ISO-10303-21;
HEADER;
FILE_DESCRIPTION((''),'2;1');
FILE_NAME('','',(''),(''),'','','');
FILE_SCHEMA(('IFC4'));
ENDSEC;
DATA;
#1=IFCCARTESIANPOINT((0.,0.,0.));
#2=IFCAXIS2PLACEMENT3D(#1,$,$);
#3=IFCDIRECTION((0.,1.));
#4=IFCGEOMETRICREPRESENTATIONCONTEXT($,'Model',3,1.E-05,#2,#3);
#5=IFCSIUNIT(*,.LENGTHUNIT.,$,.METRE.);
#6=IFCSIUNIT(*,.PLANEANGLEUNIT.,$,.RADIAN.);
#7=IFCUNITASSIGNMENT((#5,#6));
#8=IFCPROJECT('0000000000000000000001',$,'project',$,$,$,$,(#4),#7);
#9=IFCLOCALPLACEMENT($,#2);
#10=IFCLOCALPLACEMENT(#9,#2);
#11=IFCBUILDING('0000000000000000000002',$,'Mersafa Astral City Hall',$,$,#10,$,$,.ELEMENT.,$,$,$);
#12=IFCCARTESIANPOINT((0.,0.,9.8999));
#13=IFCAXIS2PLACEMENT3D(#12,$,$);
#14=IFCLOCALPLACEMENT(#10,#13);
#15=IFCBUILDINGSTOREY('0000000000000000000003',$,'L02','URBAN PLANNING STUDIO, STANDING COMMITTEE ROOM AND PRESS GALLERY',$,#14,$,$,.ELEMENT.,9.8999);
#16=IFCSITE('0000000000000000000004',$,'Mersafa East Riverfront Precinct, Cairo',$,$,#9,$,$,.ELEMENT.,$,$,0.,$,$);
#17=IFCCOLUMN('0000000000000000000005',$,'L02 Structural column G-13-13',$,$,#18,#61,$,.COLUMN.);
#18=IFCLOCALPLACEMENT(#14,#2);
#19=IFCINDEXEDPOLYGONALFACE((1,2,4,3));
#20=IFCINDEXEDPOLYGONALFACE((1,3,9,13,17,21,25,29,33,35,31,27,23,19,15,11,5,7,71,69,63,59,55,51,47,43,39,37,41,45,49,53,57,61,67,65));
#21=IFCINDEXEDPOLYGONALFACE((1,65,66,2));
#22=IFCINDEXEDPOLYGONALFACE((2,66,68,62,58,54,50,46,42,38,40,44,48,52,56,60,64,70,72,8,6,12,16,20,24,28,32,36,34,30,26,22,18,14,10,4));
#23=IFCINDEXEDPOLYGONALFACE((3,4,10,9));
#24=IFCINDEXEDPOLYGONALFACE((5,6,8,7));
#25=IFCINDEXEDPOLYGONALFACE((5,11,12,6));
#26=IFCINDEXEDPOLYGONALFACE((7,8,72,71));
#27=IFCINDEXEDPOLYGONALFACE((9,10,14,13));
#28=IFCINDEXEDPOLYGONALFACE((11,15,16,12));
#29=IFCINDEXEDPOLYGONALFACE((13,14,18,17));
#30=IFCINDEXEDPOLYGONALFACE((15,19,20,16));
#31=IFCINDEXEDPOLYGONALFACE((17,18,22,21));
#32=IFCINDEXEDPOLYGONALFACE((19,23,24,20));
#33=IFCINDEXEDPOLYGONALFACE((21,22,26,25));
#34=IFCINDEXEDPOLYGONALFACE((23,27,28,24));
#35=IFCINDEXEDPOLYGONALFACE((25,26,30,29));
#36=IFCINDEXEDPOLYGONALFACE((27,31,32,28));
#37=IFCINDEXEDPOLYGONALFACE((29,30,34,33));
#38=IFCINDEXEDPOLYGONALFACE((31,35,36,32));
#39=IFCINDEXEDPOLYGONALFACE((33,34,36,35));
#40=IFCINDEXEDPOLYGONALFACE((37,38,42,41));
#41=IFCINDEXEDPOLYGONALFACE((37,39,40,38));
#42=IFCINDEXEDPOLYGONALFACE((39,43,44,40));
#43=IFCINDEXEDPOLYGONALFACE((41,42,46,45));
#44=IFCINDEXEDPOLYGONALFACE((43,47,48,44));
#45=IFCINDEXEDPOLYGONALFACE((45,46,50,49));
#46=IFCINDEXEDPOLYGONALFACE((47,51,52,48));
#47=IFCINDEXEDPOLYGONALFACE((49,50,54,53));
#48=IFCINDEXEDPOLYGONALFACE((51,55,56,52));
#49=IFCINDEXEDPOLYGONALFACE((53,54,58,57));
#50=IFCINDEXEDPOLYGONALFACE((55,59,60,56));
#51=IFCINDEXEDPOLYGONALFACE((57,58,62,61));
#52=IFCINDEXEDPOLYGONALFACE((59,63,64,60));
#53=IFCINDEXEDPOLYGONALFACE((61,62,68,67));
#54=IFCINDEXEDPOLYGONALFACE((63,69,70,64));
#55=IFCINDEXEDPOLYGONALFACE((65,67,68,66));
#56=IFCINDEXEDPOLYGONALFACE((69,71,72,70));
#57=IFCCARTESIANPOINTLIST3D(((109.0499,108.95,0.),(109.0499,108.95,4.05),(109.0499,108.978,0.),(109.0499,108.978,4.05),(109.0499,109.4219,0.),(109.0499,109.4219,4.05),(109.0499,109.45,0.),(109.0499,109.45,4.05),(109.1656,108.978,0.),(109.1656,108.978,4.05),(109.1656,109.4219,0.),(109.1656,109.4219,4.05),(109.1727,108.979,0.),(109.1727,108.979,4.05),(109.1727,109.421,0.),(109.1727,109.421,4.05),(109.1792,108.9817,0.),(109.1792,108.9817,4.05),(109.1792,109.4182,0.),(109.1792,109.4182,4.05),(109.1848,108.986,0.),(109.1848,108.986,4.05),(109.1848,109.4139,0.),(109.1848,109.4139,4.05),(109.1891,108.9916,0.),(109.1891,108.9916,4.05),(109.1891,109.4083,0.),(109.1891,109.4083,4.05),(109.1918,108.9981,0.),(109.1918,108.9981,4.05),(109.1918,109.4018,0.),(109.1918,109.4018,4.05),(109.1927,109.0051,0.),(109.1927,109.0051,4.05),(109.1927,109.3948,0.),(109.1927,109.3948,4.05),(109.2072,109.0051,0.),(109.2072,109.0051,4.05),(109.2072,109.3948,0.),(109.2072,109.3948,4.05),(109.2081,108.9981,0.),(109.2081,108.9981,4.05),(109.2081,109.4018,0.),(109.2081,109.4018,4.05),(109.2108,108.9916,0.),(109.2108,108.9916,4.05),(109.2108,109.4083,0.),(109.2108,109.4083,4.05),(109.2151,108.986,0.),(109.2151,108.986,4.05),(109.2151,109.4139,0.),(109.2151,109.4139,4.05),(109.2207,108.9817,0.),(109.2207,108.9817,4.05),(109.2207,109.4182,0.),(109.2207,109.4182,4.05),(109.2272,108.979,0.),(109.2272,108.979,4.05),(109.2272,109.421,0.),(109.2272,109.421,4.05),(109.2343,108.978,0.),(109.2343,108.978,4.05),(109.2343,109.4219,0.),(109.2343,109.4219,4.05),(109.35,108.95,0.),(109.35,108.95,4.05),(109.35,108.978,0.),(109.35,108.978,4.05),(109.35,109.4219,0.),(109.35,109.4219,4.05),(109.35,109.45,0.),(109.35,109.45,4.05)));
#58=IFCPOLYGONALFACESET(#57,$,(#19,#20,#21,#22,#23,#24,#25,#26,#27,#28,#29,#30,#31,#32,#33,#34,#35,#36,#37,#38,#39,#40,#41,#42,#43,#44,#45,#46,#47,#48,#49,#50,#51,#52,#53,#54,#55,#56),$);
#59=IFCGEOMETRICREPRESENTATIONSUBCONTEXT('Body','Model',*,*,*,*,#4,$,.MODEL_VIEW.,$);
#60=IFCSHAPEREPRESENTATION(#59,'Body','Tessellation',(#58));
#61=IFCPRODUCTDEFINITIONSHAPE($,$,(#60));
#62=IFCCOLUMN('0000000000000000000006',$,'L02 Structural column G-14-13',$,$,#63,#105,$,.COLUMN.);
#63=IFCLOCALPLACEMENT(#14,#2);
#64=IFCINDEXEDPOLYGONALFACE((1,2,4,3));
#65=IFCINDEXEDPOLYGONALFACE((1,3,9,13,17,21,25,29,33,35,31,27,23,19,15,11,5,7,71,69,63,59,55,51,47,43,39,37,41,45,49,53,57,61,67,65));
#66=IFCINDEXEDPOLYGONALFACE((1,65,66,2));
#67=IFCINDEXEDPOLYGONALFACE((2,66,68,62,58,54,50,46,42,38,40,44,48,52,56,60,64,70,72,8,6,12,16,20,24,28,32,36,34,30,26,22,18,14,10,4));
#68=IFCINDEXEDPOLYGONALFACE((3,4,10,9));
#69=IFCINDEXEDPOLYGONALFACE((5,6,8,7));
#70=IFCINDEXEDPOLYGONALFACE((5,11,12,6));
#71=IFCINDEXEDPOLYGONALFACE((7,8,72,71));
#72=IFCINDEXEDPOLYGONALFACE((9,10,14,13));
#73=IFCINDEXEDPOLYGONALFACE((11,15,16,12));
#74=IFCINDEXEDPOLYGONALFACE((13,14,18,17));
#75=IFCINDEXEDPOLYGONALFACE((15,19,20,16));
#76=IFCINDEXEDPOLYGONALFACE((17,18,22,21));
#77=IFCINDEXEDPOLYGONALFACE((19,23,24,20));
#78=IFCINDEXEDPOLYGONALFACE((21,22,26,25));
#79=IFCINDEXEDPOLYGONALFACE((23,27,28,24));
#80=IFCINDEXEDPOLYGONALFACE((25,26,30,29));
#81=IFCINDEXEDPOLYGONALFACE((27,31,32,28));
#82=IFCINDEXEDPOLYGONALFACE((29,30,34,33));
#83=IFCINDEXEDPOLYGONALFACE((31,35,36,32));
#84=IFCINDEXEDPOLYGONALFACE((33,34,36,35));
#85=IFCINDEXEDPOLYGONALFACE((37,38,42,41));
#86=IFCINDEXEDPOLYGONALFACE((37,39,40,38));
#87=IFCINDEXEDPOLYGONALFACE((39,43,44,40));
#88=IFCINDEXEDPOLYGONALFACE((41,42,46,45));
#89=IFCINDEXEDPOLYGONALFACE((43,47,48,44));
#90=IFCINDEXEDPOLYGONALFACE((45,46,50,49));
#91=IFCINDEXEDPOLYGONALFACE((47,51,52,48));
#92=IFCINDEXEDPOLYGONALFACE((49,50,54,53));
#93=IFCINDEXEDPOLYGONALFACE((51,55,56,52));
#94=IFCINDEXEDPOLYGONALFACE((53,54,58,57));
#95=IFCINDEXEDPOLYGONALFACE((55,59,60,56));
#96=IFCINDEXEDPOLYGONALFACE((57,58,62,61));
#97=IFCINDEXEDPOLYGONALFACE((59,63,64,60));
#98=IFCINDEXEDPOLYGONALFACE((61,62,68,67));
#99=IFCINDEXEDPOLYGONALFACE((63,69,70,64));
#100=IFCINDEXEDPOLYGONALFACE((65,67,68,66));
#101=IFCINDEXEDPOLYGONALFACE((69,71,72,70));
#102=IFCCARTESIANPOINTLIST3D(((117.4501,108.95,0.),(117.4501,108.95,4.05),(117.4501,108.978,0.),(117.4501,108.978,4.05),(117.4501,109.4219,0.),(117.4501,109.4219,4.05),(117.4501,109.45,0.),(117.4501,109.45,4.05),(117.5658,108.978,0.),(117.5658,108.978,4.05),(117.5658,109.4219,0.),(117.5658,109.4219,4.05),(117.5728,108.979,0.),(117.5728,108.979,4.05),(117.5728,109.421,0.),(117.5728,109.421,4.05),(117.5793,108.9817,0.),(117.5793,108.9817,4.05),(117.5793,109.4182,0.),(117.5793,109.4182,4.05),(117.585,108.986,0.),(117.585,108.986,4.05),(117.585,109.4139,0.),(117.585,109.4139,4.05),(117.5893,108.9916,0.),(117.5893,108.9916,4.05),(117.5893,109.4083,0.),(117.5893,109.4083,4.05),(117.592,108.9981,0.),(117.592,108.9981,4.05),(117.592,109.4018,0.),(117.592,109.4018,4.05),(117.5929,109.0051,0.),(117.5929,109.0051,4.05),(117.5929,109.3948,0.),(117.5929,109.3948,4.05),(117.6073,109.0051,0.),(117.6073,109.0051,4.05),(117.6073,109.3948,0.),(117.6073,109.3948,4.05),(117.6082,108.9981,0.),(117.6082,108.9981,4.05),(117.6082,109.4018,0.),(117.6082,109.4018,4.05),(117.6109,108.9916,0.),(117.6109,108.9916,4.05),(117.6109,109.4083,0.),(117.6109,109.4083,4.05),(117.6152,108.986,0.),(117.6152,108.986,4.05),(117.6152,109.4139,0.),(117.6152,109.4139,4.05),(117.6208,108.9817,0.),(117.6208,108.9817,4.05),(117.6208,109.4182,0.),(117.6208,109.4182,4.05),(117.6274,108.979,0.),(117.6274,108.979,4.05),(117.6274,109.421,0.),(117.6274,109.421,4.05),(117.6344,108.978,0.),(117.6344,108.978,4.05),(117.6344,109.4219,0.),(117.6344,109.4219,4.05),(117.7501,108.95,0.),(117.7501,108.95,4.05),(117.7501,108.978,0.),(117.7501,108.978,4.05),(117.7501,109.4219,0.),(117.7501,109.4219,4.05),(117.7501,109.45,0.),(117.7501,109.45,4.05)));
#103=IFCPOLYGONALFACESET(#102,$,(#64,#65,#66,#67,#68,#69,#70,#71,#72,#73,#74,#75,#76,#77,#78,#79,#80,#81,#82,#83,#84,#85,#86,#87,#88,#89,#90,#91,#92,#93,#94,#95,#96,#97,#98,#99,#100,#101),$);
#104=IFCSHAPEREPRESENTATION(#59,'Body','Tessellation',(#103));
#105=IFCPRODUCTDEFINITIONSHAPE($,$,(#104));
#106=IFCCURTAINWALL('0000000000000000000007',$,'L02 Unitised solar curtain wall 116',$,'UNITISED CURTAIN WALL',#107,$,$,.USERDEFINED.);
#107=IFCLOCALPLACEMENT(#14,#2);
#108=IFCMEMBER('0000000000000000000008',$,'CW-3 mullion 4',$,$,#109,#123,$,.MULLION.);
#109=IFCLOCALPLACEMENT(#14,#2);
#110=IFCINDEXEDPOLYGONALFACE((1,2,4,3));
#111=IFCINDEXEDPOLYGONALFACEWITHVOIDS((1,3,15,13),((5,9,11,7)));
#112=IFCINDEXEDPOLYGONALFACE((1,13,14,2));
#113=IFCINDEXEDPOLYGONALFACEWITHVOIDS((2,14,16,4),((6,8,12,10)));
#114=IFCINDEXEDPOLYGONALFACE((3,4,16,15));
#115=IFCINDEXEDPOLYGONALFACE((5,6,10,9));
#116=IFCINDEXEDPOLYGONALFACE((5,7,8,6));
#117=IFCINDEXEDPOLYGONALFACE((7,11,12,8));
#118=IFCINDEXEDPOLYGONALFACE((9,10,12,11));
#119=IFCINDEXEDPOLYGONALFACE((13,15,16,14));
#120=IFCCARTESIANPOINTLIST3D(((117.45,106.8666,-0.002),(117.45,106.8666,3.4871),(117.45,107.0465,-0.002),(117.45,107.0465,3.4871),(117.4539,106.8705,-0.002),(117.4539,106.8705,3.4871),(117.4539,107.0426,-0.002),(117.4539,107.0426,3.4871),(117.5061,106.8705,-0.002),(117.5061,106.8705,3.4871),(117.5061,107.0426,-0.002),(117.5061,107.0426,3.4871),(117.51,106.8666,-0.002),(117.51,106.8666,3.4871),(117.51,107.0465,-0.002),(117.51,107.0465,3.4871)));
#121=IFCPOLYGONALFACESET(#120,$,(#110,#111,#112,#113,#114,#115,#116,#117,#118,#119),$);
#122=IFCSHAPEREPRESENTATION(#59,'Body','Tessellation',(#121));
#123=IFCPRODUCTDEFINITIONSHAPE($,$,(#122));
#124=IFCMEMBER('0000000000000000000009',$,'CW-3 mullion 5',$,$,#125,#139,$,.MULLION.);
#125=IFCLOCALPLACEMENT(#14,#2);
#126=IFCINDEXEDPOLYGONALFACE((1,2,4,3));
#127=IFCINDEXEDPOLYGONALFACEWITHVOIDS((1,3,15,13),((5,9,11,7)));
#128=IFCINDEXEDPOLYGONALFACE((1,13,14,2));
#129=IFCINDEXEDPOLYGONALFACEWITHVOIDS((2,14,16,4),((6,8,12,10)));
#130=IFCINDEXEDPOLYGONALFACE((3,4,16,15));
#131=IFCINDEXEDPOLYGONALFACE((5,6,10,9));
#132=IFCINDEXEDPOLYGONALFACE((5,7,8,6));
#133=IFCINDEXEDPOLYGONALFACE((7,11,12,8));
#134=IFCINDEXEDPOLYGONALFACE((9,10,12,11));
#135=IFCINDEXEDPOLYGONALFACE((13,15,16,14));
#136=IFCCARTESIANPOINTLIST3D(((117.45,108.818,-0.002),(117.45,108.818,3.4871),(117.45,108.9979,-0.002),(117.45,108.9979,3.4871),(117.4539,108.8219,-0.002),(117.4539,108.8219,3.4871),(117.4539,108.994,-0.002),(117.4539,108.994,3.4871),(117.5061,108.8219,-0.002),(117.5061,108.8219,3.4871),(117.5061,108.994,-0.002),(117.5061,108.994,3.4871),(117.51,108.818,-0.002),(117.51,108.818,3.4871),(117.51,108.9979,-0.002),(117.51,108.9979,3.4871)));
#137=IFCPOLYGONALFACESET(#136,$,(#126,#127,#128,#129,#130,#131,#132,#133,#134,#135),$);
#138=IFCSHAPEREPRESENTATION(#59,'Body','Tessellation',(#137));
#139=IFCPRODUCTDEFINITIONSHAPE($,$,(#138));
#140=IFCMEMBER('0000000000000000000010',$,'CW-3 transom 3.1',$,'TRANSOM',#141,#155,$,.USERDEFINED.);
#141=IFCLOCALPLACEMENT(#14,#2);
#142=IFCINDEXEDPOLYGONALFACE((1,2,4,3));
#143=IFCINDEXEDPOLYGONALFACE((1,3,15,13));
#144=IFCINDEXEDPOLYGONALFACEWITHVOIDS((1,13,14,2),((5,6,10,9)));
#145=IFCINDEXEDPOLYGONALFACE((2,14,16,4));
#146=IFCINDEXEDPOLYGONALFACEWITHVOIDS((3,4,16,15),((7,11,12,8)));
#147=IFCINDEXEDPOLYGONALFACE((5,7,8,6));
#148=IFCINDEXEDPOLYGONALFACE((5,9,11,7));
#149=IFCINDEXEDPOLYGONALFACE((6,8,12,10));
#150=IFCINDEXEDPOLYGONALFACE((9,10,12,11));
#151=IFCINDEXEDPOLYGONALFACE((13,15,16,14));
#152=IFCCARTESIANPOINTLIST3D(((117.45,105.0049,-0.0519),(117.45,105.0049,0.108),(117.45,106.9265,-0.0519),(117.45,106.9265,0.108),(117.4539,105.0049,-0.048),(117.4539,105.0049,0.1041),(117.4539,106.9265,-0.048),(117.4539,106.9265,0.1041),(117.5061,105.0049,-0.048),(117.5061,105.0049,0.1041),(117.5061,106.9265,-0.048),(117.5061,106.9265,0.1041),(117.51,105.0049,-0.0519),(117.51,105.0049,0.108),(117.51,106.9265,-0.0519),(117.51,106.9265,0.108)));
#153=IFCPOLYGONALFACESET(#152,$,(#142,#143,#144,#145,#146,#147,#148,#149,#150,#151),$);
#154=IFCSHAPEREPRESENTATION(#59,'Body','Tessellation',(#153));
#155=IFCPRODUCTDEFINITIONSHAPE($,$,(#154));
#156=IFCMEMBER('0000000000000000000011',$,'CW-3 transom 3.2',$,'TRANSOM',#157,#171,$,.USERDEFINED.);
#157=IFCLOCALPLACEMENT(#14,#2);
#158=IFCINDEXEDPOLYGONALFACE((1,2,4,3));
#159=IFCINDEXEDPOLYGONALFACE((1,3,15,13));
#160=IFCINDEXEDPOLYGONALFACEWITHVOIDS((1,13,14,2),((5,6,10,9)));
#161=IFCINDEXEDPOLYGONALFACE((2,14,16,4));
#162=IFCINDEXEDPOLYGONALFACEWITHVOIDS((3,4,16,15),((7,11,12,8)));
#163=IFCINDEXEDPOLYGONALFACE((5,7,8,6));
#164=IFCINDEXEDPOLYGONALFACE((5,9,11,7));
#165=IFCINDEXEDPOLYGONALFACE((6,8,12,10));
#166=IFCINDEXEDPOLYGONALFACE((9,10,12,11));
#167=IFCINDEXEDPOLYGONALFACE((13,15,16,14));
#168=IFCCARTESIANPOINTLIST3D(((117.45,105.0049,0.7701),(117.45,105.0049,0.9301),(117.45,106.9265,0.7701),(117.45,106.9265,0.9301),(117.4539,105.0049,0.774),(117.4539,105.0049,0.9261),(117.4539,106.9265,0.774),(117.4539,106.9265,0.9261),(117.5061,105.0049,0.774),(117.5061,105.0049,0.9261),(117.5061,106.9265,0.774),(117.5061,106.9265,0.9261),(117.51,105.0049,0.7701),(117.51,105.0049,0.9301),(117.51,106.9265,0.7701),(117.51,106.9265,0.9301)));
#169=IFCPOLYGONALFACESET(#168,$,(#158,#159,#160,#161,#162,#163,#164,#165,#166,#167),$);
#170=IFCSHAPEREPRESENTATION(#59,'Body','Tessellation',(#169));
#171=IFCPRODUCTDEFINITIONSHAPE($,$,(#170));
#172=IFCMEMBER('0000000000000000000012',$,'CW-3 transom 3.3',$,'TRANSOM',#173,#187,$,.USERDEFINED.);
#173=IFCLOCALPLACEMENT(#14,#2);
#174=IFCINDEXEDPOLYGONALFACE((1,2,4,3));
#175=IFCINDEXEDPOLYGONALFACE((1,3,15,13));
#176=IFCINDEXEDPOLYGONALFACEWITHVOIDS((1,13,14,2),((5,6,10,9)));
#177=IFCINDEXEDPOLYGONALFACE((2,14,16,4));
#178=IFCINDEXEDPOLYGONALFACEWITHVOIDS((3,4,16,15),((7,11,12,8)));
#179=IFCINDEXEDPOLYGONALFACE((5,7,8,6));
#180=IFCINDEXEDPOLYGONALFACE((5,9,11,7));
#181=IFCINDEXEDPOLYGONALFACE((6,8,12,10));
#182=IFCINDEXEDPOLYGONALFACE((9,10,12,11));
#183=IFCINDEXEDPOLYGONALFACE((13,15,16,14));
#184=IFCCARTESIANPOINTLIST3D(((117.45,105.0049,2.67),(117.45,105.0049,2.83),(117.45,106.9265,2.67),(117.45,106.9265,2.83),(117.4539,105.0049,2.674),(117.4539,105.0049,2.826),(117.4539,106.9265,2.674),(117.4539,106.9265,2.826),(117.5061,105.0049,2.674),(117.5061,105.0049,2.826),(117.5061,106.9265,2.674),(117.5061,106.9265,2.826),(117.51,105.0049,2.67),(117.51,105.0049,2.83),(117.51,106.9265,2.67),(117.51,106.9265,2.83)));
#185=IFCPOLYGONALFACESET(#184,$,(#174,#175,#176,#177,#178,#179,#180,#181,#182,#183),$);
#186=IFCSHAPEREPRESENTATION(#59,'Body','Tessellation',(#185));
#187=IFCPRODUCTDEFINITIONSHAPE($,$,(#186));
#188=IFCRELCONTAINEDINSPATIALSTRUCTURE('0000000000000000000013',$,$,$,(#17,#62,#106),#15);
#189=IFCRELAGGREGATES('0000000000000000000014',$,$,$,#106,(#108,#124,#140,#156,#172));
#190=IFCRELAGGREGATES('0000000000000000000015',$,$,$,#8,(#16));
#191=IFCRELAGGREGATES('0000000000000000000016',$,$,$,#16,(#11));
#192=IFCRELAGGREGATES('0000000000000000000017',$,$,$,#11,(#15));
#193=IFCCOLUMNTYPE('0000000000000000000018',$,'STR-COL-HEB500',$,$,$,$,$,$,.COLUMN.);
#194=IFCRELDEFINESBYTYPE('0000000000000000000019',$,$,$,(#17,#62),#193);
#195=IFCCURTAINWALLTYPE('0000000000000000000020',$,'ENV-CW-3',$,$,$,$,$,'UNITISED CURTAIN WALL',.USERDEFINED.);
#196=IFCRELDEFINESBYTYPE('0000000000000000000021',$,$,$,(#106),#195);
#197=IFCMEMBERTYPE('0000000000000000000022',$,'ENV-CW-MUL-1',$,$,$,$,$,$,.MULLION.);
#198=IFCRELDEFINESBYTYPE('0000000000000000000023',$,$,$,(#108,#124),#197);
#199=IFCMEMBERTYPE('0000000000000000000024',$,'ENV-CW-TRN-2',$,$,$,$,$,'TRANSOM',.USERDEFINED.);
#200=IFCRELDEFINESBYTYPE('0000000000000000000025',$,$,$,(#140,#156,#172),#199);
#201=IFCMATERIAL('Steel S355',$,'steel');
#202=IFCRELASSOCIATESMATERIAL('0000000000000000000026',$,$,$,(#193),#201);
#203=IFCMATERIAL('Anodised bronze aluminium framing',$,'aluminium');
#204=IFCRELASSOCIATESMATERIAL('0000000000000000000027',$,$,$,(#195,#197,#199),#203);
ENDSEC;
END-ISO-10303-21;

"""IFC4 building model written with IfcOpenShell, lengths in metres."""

from ifc_helpers import new_model, si_unit, direction, frame, origin, origin_2d, place, context, subcontext, project, spatial, hollow_rectangle, i_section, extrude, material, material_profile, profile_set, type_object, element, aggregate, save


model = new_model("IFC4")

# Units and contexts
model_context = context("Model", 3, precision=1e-05, world=origin(), true_north=direction((0.0, 1.0)))
body_context = subcontext(model_context, "Body", "Model", "MODEL_VIEW")
ifc_project = project(units=[si_unit("LENGTHUNIT", "METRE"), si_unit("PLANEANGLEUNIT", "RADIAN")], contexts=[model_context])

# Site, building, storey
site_placement = place(None, origin())
site = spatial("IfcSite", under=ifc_project, at=site_placement, Name="Mersafa East Riverfront Precinct, Cairo", CompositionType="ELEMENT", RefElevation=0.0)
building_placement = place(site_placement, origin())
building = spatial("IfcBuilding", under=site, at=building_placement, Name="Mersafa Astral City Hall", CompositionType="ELEMENT")
storey_placement = place(building_placement, frame((0.0, 0.0, 9.8999)))
storey = spatial("IfcBuildingStorey", under=building, at=storey_placement, Name="L02", Description="URBAN PLANNING STUDIO, STANDING COMMITTEE ROOM AND PRESS GALLERY", CompositionType="ELEMENT", Elevation=9.8999)

# Columns
ifc_material_1 = material(Name="Steel S355", Category="steel")
ifc_material_profile_1 = material_profile(ifc_material_1, i_section(OverallWidth=0.3, OverallDepth=0.5, WebThickness=0.0144, FlangeThickness=0.0281, FilletRadius=0.0271, at=origin_2d()), Name="HEB 500")
ifc_profile_set_1 = profile_set([ifc_material_profile_1], Name="Steel S355")
column_type = type_object("IfcColumnType", Name="STR-COL-HEB500", PredefinedType="COLUMN", material=ifc_profile_set_1)
for number, where, z_axis, x_axis, name in (
    (1, (109.2, 109.2, 0.0), (0.0, 0.0, 1.0), (1.0, 0.0, 0.0), "L02 Structural column G-13-13"),
    (2, (117.6001, 109.2, 0.0), (0.0, 0.0, 1.0), (1.0, 0.0, 0.0), "L02 Structural column G-14-13"),
):
    element("IfcColumn", number, at=place(storey_placement, frame(where, z_axis=z_axis, x_axis=x_axis)), inside=storey, type_object=column_type, Name=name, PredefinedType="COLUMN", context=body_context, shape_type="SweptSolid", body=[
        extrude(i_section(OverallWidth=0.3, OverallDepth=0.5, WebThickness=0.0144, FlangeThickness=0.0281, FilletRadius=0.0271, at=origin_2d()), origin(), (0.0, 0.0, 1.0), 4.05),
    ])

# Curtain wall, members
ifc_material_2 = material(Name="Anodised bronze aluminium framing", Category="aluminium")
curtain_wall_type = type_object("IfcCurtainWallType", Name="ENV-CW-3", ElementType="UNITISED CURTAIN WALL", PredefinedType="USERDEFINED", material=ifc_material_2)
curtain_wall_placement = place(storey_placement, origin())
curtain_wall = element("IfcCurtainWall", 3, at=curtain_wall_placement, inside=storey, type_object=curtain_wall_type, Name="L02 Unitised solar curtain wall 116", ObjectType="UNITISED CURTAIN WALL", PredefinedType="USERDEFINED")
ifc_material_profile_2 = material_profile(ifc_material_2, hollow_rectangle(XDim=0.0601, YDim=0.1799, WallThickness=0.0039, at=origin_2d()), Name="RHS 60x180x4")
ifc_profile_set_2 = profile_set([ifc_material_profile_2], Name="Anodised bronze aluminium framing")
member_type_1 = type_object("IfcMemberType", Name="ENV-CW-MUL-1", PredefinedType="MULLION", material=ifc_profile_set_2)
member_1_placement = place(storey_placement, frame((117.48, 106.9565, -0.002), z_axis=(0.0, 0.0, 1.0), x_axis=(-1.0, 0.0, 0.0)))
member_1 = element("IfcMember", 4, at=member_1_placement, type_object=member_type_1, Name="CW-3 mullion 4", PredefinedType="MULLION", context=body_context, shape_type="SweptSolid", body=[
    extrude(hollow_rectangle(XDim=0.0601, YDim=0.1799, WallThickness=0.0039, at=origin_2d()), origin(), (0.0, 0.0, 1.0), 3.489),
])
member_2_placement = place(storey_placement, frame((117.48, 108.908, -0.002), z_axis=(0.0, 0.0, 1.0), x_axis=(-1.0, 0.0, 0.0)))
member_2 = element("IfcMember", 5, at=member_2_placement, type_object=member_type_1, Name="CW-3 mullion 5", PredefinedType="MULLION", context=body_context, shape_type="SweptSolid", body=[
    extrude(hollow_rectangle(XDim=0.0601, YDim=0.1799, WallThickness=0.0039, at=origin_2d()), origin(), (0.0, 0.0, 1.0), 3.489),
])
ifc_material_profile_3 = material_profile(ifc_material_2, hollow_rectangle(XDim=0.0601, YDim=0.1599, WallThickness=0.0039, at=origin_2d()), Name="RHS 60x160x4")
ifc_profile_set_3 = profile_set([ifc_material_profile_3], Name="Anodised bronze aluminium framing")
member_type_2 = type_object("IfcMemberType", Name="ENV-CW-TRN-2", ElementType="TRANSOM", PredefinedType="USERDEFINED", material=ifc_profile_set_3)
member_3_placement = place(storey_placement, frame((117.48, 105.0049, 0.0281), z_axis=(0.0, 1.0, 0.0), x_axis=(-1.0, 0.0, 0.0)))
member_3 = element("IfcMember", 6, at=member_3_placement, type_object=member_type_2, Name="CW-3 transom 3.1", ObjectType="TRANSOM", PredefinedType="USERDEFINED", context=body_context, shape_type="SweptSolid", body=[
    extrude(hollow_rectangle(XDim=0.0601, YDim=0.1599, WallThickness=0.0039, at=origin_2d()), origin(), (0.0, 0.0, 1.0), 1.9216),
])
member_4_placement = place(storey_placement, frame((117.48, 105.0049, 0.8501), z_axis=(0.0, 1.0, 0.0), x_axis=(-1.0, 0.0, 0.0)))
member_4 = element("IfcMember", 7, at=member_4_placement, type_object=member_type_2, Name="CW-3 transom 3.2", ObjectType="TRANSOM", PredefinedType="USERDEFINED", context=body_context, shape_type="SweptSolid", body=[
    extrude(hollow_rectangle(XDim=0.0601, YDim=0.1599, WallThickness=0.0039, at=origin_2d()), origin(), (0.0, 0.0, 1.0), 1.9216),
])
member_5_placement = place(storey_placement, frame((117.48, 105.0049, 2.75), z_axis=(0.0, 1.0, 0.0), x_axis=(-1.0, 0.0, 0.0)))
member_5 = element("IfcMember", 8, at=member_5_placement, type_object=member_type_2, Name="CW-3 transom 3.3", ObjectType="TRANSOM", PredefinedType="USERDEFINED", context=body_context, shape_type="SweptSolid", body=[
    extrude(hollow_rectangle(XDim=0.0601, YDim=0.1599, WallThickness=0.0039, at=origin_2d()), origin(), (0.0, 0.0, 1.0), 1.9216),
])

aggregate(curtain_wall, [member_1, member_2, member_3, member_4, member_5])

save(model, "model.ifc")
